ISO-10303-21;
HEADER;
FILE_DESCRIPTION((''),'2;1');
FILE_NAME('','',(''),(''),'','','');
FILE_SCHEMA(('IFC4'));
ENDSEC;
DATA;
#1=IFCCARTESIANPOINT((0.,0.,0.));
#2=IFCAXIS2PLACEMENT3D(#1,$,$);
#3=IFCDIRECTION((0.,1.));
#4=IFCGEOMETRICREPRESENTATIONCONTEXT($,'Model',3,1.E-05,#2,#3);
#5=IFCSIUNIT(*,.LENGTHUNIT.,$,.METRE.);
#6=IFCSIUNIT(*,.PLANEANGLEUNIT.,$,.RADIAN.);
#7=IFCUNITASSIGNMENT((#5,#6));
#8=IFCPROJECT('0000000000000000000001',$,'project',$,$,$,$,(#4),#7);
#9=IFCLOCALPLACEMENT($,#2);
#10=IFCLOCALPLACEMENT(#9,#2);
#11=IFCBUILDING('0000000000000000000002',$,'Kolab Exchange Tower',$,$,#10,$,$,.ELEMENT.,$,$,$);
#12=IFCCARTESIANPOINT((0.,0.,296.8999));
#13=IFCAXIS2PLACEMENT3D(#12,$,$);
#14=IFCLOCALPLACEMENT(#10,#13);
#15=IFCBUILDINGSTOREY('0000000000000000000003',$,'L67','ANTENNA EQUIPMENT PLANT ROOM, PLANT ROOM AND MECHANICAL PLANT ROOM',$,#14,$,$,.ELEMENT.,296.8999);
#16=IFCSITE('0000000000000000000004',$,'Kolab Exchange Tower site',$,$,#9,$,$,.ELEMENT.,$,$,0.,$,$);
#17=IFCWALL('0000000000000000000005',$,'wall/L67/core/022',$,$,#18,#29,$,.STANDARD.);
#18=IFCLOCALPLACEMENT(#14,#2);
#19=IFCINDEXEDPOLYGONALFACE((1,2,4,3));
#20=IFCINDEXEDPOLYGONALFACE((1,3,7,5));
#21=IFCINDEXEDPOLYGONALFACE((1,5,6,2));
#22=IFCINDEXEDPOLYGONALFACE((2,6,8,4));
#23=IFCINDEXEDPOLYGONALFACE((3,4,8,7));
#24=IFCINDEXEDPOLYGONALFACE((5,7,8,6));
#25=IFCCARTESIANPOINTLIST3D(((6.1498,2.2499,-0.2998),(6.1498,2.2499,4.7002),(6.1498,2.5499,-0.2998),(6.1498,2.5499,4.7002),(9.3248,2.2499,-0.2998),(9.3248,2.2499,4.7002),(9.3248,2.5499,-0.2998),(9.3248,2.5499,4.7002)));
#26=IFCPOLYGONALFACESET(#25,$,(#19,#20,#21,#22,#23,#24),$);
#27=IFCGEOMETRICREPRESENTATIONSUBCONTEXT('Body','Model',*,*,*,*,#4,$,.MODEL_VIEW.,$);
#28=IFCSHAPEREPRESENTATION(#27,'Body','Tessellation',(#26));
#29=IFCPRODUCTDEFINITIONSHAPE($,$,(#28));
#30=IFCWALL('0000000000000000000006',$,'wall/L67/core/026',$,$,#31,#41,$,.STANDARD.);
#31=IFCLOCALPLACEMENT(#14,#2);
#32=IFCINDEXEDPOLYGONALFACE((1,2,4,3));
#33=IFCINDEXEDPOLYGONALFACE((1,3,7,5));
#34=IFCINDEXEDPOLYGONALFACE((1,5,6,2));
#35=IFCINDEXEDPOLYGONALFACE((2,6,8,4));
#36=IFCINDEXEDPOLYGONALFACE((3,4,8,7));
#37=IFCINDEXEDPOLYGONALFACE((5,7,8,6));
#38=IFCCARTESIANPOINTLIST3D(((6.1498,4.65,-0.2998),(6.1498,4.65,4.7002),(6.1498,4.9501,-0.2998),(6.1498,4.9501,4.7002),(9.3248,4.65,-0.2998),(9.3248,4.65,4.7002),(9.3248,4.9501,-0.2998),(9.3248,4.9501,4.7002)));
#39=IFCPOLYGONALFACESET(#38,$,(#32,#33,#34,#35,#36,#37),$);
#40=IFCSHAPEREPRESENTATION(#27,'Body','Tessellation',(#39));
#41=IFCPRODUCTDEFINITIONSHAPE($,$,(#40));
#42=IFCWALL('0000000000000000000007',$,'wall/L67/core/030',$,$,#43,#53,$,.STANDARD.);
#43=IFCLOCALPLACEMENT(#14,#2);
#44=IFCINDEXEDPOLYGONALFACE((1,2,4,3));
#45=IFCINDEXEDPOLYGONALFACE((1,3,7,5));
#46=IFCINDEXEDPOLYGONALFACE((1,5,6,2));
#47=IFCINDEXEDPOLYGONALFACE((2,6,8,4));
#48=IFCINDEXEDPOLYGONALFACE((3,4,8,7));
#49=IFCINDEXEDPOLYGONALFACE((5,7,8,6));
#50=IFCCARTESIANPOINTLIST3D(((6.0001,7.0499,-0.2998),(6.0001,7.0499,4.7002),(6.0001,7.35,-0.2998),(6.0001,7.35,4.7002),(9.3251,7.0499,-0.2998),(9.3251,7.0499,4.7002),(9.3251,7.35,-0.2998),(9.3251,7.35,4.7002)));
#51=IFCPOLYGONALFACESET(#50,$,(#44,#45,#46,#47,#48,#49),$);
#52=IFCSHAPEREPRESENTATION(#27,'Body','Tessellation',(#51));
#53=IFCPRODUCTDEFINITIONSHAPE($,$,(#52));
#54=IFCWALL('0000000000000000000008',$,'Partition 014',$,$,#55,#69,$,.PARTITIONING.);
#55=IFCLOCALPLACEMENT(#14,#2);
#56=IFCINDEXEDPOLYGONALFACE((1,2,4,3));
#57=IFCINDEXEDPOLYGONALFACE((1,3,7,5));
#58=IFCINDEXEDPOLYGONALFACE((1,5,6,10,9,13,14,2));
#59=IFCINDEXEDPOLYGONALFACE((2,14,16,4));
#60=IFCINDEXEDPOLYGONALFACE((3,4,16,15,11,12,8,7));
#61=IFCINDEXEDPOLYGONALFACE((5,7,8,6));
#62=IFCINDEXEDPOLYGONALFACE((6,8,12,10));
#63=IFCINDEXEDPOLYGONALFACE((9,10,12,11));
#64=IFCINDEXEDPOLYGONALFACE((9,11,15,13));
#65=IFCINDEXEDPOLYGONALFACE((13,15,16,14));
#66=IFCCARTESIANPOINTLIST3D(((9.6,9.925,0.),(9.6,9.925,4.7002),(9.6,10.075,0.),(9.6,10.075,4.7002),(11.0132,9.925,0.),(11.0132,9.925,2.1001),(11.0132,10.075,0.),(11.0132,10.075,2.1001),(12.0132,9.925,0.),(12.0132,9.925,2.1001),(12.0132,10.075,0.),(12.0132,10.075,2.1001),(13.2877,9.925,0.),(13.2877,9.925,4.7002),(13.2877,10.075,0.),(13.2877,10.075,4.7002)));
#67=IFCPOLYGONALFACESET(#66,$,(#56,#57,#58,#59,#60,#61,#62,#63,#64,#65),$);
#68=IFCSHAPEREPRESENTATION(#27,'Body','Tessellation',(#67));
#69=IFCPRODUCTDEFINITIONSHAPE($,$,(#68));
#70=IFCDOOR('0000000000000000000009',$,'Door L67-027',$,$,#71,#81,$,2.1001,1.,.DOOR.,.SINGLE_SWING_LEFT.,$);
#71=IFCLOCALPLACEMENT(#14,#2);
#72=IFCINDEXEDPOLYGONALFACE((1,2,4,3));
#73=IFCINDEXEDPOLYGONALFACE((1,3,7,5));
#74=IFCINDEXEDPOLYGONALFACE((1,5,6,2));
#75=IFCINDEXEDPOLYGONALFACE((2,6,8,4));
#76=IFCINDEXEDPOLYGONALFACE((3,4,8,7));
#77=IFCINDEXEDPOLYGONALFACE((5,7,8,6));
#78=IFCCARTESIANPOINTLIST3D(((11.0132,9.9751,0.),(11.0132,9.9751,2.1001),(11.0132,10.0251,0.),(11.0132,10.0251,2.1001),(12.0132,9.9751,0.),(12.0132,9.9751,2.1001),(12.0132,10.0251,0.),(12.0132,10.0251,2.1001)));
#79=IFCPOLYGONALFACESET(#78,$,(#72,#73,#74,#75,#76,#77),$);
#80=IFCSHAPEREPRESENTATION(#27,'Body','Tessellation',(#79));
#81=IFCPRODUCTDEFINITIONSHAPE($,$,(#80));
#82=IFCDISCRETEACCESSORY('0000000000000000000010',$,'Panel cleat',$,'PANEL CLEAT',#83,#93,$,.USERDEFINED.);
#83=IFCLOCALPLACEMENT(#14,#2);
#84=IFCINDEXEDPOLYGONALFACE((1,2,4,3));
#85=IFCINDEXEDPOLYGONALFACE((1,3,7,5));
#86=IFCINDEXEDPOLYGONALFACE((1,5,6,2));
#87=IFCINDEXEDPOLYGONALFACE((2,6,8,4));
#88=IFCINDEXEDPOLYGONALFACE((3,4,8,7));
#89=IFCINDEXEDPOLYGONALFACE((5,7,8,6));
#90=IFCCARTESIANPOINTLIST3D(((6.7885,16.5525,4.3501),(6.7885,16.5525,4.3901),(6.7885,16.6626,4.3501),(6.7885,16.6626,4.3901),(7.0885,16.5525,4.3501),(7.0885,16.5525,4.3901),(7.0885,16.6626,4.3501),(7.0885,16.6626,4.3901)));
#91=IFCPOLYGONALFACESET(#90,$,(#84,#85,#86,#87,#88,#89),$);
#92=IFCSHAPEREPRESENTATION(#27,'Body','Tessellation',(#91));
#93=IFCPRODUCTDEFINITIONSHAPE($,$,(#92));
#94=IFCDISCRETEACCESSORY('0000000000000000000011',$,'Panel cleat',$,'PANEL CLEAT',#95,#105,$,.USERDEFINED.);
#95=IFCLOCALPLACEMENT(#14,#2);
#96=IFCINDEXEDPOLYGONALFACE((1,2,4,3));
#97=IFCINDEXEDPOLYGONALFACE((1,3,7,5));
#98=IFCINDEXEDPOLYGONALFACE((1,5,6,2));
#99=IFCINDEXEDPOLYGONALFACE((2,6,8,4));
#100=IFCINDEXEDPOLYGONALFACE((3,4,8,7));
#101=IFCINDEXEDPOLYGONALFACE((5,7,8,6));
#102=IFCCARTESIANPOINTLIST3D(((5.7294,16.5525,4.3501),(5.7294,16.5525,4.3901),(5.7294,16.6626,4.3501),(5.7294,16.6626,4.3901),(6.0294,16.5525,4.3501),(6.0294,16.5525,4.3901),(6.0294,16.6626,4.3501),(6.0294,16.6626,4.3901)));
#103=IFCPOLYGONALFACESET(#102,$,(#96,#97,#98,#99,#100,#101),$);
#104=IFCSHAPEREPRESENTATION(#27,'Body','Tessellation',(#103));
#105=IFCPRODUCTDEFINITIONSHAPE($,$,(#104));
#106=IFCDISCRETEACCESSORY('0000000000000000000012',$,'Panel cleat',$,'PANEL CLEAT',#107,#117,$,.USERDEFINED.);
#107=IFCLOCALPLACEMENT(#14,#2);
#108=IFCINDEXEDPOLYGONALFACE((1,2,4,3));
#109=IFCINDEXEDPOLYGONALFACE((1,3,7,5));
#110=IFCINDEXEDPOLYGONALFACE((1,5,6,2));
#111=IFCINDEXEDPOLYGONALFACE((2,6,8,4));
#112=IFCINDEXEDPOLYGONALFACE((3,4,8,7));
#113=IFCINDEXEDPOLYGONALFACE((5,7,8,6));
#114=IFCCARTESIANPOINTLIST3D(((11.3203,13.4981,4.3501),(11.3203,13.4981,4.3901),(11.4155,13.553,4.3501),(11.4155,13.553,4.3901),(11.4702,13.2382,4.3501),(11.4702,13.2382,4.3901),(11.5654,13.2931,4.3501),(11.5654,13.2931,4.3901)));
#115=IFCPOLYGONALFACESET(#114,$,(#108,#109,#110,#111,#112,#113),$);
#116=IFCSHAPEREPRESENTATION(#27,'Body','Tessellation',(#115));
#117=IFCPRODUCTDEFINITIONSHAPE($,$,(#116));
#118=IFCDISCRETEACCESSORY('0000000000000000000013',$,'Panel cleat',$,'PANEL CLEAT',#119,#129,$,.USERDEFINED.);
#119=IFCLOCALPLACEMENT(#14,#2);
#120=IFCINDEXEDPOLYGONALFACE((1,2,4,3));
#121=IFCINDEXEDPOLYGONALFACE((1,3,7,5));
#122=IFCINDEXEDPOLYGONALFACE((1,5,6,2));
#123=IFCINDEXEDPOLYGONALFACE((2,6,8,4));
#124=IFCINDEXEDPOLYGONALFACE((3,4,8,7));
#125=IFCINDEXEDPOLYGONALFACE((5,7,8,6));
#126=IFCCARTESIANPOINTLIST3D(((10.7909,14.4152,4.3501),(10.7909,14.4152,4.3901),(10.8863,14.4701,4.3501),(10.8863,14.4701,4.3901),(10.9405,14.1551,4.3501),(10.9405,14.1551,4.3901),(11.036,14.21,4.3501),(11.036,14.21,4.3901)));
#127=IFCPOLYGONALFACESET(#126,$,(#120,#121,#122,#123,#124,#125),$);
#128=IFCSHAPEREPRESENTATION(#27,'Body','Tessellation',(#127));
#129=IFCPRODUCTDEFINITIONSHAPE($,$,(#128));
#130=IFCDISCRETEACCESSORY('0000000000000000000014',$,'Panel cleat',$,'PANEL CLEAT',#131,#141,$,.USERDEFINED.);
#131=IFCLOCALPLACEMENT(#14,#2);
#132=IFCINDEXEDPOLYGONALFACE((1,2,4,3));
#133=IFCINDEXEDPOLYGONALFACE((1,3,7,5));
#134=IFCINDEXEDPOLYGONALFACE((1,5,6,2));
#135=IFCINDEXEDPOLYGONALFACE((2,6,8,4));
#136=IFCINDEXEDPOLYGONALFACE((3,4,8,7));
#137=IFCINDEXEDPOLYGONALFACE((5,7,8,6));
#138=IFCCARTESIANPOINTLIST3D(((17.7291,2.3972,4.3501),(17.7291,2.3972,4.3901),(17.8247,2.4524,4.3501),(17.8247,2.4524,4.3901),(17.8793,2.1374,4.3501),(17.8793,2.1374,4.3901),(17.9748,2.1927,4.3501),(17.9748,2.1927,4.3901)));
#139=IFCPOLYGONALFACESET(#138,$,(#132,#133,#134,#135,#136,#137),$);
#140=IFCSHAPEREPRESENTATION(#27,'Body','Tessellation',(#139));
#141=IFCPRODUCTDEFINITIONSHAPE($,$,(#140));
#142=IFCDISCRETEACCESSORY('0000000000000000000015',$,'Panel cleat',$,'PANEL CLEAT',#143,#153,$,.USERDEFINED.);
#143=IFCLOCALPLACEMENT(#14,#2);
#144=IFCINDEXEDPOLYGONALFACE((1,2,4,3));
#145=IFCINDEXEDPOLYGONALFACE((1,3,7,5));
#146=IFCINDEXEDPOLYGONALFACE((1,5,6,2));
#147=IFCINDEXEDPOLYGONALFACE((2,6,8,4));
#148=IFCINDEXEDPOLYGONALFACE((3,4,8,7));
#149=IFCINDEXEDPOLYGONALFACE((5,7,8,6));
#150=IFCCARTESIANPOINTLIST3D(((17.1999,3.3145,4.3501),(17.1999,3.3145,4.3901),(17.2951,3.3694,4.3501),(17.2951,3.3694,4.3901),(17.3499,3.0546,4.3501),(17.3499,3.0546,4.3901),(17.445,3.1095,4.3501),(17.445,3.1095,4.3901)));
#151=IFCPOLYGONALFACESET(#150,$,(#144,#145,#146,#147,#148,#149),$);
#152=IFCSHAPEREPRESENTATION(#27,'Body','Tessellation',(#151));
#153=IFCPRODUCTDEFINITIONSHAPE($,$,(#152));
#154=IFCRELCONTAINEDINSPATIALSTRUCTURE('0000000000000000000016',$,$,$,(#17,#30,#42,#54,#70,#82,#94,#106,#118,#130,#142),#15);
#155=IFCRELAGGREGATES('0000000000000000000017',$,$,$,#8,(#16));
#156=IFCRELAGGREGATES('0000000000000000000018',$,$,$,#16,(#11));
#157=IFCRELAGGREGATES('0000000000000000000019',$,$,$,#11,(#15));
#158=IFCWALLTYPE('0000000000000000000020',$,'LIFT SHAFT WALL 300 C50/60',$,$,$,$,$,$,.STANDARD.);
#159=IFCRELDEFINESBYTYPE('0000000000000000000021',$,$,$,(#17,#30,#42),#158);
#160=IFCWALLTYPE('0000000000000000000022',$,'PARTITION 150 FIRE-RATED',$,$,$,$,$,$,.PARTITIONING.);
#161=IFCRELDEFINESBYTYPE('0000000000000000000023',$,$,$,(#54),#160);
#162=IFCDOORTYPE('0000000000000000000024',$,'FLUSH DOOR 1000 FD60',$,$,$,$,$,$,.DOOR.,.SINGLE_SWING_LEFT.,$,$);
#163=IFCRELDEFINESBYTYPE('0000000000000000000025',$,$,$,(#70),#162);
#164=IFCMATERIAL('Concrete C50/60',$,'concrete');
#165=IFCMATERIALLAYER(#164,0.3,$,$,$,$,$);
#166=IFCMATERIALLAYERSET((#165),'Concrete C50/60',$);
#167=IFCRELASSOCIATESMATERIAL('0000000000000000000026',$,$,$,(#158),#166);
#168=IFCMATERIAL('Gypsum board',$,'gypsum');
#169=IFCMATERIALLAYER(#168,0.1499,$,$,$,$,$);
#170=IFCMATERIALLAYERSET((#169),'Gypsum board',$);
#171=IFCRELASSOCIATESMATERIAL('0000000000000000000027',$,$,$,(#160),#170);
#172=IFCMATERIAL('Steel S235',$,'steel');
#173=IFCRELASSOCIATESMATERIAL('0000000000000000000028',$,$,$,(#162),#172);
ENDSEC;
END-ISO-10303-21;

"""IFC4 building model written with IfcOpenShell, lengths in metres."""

from ifc_helpers import new_model, si_unit, direction, frame, frame_2d, origin, origin_2d, place, context, subcontext, project, spatial, rectangle, extrude, material, layer, layer_set, type_object, element, fill, save


model = new_model("IFC4")

# Units and contexts
model_context = context("Model", 3, precision=1e-05, world=origin(), true_north=direction((0.0, 1.0)))
body_context = subcontext(model_context, "Body", "Model", "MODEL_VIEW")
ifc_project = project(units=[si_unit("LENGTHUNIT", "METRE"), si_unit("PLANEANGLEUNIT", "RADIAN")], contexts=[model_context])

# Site, building, storey
site_placement = place(None, origin())
site = spatial("IfcSite", under=ifc_project, at=site_placement, Name="Kolab Exchange Tower site", CompositionType="ELEMENT", RefElevation=0.0)
building_placement = place(site_placement, origin())
building = spatial("IfcBuilding", under=site, at=building_placement, Name="Kolab Exchange Tower", CompositionType="ELEMENT")
storey_placement = place(building_placement, frame((0.0, 0.0, 296.8999)))
storey = spatial("IfcBuildingStorey", under=building, at=storey_placement, Name="L67", Description="ANTENNA EQUIPMENT PLANT ROOM, PLANT ROOM AND MECHANICAL PLANT ROOM", CompositionType="ELEMENT", Elevation=296.8999)

# Shared definitions
ifc_material_1 = material(Name="Concrete C50/60", Category="concrete")

# Walls
ifc_layer_1 = layer(ifc_material_1, 0.3)
ifc_layer_set_1 = layer_set([ifc_layer_1], Name="Concrete C50/60")
wall_type_1 = type_object("IfcWallType", Name="LIFT SHAFT WALL 300 C50/60", PredefinedType="STANDARD", material=ifc_layer_set_1)
for number, where, z_axis, x_axis, name in (
    (1, (6.1499, 2.3999, -0.2998), (0.0, 0.0, 1.0), (1.0, 0.0, 0.0), "wall/L67/core/022"),
    (2, (6.1499, 4.8, -0.2998), (0.0, 0.0, 1.0), (1.0, 0.0, 0.0), "wall/L67/core/026"),
):
    element("IfcWall", number, at=place(storey_placement, frame(where, z_axis=z_axis, x_axis=x_axis)), inside=storey, type_object=wall_type_1, Name=name, PredefinedType="STANDARD", context=body_context, shape_type="SweptSolid", body=[
        extrude(rectangle(XDim=3.175, YDim=0.3, at=frame_2d((1.5874, 0.0))), origin(), (0.0, 0.0, 1.0), 5.0),
    ])
wall_1_placement = place(storey_placement, frame((6.0, 7.2, -0.2998), z_axis=(0.0, 0.0, 1.0), x_axis=(1.0, 0.0, 0.0)))
element("IfcWall", 3, at=wall_1_placement, inside=storey, type_object=wall_type_1, Name="wall/L67/core/030", PredefinedType="STANDARD", context=body_context, shape_type="SweptSolid", body=[
    extrude(rectangle(XDim=3.325, YDim=0.3, at=frame_2d((1.6626, 0.0))), origin(), (0.0, 0.0, 1.0), 5.0),
])

# Wall, opening, door
ifc_material_2 = material(Name="Gypsum board", Category="gypsum")
ifc_layer_2 = layer(ifc_material_2, 0.1499)
ifc_layer_set_2 = layer_set([ifc_layer_2], Name="Gypsum board")
wall_type_2 = type_object("IfcWallType", Name="PARTITION 150 FIRE-RATED", PredefinedType="PARTITIONING", material=ifc_layer_set_2)
wall_2_placement = place(storey_placement, frame((9.6001, 10.0, 0.0), z_axis=(0.0, 0.0, 1.0), x_axis=(1.0, 0.0, 0.0)))
wall_2 = element("IfcWall", 4, at=wall_2_placement, inside=storey, type_object=wall_type_2, Name="Partition 014", PredefinedType="PARTITIONING", context=body_context, shape_type="SweptSolid", body=[
    extrude(rectangle(XDim=3.6877, YDim=0.1499, at=frame_2d((1.8438, 0.0))), origin(), (0.0, 0.0, 1.0), 4.7002),
])
opening_1_placement = place(wall_2_placement, frame((1.4131, 0.0, 0.0)))
opening_1 = element("IfcOpeningElement", 5, at=opening_1_placement, cuts=wall_2, PredefinedType="OPENING", context=body_context, shape_type="SweptSolid", body=[
    extrude(rectangle(XDim=1.0, YDim=2.1001, at=frame_2d((0.5, 1.05))), frame((0.0, 0.085, 0.0), z_axis=(0.0, -1.0, 0.0), x_axis=(1.0, 0.0, 0.0)), (0.0, 0.0, 1.0), 0.1699),
])
ifc_material_3 = material(Name="Steel S235", Category="steel")
door_type = type_object("IfcDoorType", Name="FLUSH DOOR 1000 FD60", OperationType="SINGLE_SWING_LEFT", PredefinedType="DOOR", material=ifc_material_3)
door_placement = place(opening_1_placement, frame((1.0, 0.0, 0.0), z_axis=(0.0, 0.0, 1.0), x_axis=(-1.0, 0.0, 0.0)))
door = element("IfcDoor", 6, at=door_placement, inside=storey, type_object=door_type, Name="Door L67-027", OperationType="SINGLE_SWING_LEFT", OverallHeight=2.1001, OverallWidth=1.0, PredefinedType="DOOR", context=body_context, shape_type="SweptSolid", body=[
    extrude(rectangle(XDim=1.0, YDim=2.1001, at=frame_2d((0.5, 1.05))), frame((0.0, 0.0249, 0.0), z_axis=(0.0, -1.0, 0.0), x_axis=(1.0, 0.0, 0.0)), (0.0, 0.0, 1.0), 0.05),
])
fill(opening_1, door)

# Discrete accessories
for number, where, z_axis, x_axis, name in (
    (7, (6.9385, 16.5525, 4.3701), (0.0, 1.0, 0.0), (-1.0, 0.0, 0.0), "Panel cleat"),
    (8, (5.8794, 16.5525, 4.3701), (0.0, 1.0, 0.0), (-1.0, 0.0, 0.0), "Panel cleat"),
):
    element("IfcDiscreteAccessory", number, at=place(storey_placement, frame(where, z_axis=z_axis, x_axis=x_axis)), inside=storey, Name=name, ObjectType="PANEL CLEAT", PredefinedType="USERDEFINED", context=body_context, shape_type="SweptSolid", body=[
        extrude(rectangle(XDim=0.3, YDim=0.04, at=origin_2d()), origin(), (0.0, 0.0, 1.0), 0.1101),
    ])
discrete_accessory_1_placement = place(storey_placement, frame((11.3953, 13.3682, 4.3701), z_axis=(0.866186, 0.499722, 0.0), x_axis=(-0.499722, 0.866186, 0.0)))
element("IfcDiscreteAccessory", 9, at=discrete_accessory_1_placement, inside=storey, Name="Panel cleat", ObjectType="PANEL CLEAT", PredefinedType="USERDEFINED", context=body_context, shape_type="SweptSolid", body=[
    extrude(rectangle(XDim=0.3, YDim=0.04, at=origin_2d()), origin(), (0.0, 0.0, 1.0), 0.1099),
])
discrete_accessory_2_placement = place(storey_placement, frame((10.8657, 14.2852, 4.3701), z_axis=(0.866739, 0.498763, 0.0), x_axis=(-0.498763, 0.866739, 0.0)))
element("IfcDiscreteAccessory", 10, at=discrete_accessory_2_placement, inside=storey, Name="Panel cleat", ObjectType="PANEL CLEAT", PredefinedType="USERDEFINED", context=body_context, shape_type="SweptSolid", body=[
    extrude(rectangle(XDim=0.3, YDim=0.04, at=origin_2d()), origin(), (0.0, 0.0, 1.0), 0.1101),
])
discrete_accessory_3_placement = place(storey_placement, frame((17.8042, 2.2673, 4.3701), z_axis=(0.86578, 0.500425, 0.0), x_axis=(-0.500425, 0.86578, 0.0)))
element("IfcDiscreteAccessory", 11, at=discrete_accessory_3_placement, inside=storey, Name="Panel cleat", ObjectType="PANEL CLEAT", PredefinedType="USERDEFINED", context=body_context, shape_type="SweptSolid", body=[
    extrude(rectangle(XDim=0.3, YDim=0.04, at=origin_2d()), origin(), (0.0, 0.0, 1.0), 0.1104),
])
discrete_accessory_4_placement = place(storey_placement, frame((17.2749, 3.1846, 4.3701), z_axis=(0.866186, 0.499722, 0.0), x_axis=(-0.499722, 0.866186, 0.0)))
element("IfcDiscreteAccessory", 12, at=discrete_accessory_4_placement, inside=storey, Name="Panel cleat", ObjectType="PANEL CLEAT", PredefinedType="USERDEFINED", context=body_context, shape_type="SweptSolid", body=[
    extrude(rectangle(XDim=0.3, YDim=0.04, at=origin_2d()), origin(), (0.0, 0.0, 1.0), 0.1099),
])

save(model, "model.ifc")
